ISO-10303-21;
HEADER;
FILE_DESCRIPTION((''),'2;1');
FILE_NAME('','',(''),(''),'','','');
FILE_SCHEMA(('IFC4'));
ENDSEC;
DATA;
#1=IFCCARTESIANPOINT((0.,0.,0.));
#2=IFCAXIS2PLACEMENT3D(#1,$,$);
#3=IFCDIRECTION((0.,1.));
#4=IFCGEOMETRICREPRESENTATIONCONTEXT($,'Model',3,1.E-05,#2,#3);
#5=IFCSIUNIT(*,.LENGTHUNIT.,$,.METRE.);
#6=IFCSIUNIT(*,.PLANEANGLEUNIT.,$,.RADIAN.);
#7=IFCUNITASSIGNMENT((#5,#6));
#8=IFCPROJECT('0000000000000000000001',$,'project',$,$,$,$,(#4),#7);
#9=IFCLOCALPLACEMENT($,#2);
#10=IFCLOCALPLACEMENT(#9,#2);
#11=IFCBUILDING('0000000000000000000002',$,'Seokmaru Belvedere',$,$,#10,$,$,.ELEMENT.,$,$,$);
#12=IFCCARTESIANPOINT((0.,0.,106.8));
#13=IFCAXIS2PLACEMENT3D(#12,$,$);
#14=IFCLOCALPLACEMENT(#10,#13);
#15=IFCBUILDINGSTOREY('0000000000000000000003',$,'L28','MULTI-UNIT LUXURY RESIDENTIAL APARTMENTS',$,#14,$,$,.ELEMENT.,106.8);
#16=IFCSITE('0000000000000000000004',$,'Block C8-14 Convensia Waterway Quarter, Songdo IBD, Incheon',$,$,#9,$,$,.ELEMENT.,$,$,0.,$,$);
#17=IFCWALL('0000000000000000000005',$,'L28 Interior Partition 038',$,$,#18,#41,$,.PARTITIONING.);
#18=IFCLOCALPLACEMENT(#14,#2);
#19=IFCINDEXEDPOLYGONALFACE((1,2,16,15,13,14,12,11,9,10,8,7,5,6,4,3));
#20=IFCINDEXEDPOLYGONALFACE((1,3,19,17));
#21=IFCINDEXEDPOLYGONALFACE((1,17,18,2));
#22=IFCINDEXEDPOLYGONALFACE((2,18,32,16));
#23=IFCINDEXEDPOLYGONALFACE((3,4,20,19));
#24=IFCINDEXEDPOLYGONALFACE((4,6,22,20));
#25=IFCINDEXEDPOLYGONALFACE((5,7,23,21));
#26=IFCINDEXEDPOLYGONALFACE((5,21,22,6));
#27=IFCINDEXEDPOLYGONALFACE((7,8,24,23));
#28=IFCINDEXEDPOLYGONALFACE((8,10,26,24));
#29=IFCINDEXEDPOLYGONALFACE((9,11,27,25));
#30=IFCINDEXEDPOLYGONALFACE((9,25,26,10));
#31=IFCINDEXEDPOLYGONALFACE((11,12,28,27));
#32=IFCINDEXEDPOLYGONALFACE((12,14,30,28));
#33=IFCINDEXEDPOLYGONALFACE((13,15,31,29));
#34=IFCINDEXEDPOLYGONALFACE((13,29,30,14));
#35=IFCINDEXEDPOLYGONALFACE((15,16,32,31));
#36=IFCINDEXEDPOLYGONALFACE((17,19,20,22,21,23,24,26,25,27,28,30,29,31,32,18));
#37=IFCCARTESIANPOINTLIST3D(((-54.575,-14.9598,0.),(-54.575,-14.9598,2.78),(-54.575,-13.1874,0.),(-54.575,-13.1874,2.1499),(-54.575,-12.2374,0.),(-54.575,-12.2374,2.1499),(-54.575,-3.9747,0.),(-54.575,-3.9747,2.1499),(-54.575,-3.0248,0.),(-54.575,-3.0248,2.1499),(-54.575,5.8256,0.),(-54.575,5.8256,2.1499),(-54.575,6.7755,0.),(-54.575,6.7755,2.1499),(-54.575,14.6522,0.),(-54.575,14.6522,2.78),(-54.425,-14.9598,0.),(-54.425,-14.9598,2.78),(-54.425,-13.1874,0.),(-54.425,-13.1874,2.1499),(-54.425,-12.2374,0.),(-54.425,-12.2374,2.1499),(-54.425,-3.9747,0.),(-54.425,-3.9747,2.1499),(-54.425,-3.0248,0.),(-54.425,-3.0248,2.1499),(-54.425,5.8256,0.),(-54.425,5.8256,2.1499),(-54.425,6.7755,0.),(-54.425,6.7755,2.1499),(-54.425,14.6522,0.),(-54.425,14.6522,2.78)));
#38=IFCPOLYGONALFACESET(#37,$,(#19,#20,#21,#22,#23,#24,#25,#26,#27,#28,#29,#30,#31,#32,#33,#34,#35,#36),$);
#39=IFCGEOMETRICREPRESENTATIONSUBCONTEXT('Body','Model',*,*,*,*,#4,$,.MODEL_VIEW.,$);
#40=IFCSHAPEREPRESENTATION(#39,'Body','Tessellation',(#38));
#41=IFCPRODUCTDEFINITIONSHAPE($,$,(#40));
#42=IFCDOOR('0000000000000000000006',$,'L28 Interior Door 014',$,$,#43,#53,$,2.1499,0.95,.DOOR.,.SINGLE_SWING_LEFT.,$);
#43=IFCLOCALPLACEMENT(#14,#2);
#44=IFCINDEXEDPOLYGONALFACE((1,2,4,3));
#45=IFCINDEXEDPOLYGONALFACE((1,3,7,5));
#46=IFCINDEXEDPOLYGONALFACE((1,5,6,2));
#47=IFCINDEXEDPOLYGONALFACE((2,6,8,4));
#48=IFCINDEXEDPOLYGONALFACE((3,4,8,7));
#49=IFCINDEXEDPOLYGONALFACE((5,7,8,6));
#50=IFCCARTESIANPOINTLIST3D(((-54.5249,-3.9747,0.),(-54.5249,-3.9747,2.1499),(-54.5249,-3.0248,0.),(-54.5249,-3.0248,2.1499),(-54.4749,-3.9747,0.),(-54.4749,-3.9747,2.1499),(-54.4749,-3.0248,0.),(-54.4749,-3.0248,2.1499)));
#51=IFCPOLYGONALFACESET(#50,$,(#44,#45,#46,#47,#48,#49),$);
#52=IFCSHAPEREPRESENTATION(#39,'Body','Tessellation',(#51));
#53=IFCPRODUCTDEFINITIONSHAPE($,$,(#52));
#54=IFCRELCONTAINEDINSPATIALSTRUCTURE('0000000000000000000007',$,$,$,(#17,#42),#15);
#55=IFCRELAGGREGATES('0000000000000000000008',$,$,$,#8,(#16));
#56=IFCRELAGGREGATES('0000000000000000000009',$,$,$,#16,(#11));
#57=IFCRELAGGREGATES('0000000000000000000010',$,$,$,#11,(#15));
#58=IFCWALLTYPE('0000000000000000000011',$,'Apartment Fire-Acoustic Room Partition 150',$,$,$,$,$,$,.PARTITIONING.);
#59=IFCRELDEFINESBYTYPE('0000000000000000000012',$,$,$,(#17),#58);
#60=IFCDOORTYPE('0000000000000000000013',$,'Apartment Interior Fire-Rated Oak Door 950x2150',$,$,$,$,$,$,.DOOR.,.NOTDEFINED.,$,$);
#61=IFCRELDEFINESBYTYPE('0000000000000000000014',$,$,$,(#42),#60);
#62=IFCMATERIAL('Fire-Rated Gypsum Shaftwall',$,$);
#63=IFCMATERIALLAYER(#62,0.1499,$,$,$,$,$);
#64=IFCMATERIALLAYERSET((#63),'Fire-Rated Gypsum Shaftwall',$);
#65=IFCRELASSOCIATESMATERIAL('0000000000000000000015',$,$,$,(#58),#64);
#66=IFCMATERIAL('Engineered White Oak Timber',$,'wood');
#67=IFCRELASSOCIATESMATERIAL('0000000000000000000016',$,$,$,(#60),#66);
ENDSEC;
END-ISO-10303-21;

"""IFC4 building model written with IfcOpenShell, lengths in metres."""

from ifc_helpers import new_model, si_unit, direction, frame, frame_2d, origin, place, context, subcontext, project, spatial, rectangle, extrude, source, transform, mapped, material, layer, layer_set, type_object, type_shapes, element, fill, save


model = new_model("IFC4")

# Units and contexts
model_context = context("Model", 3, precision=1e-05, world=origin(), true_north=direction((0.0, 1.0)))
body_context = subcontext(model_context, "Body", "Model", "MODEL_VIEW")
ifc_project = project(units=[si_unit("LENGTHUNIT", "METRE"), si_unit("PLANEANGLEUNIT", "RADIAN")], contexts=[model_context])

# Site, building, storey
site_placement = place(None, origin())
site = spatial("IfcSite", under=ifc_project, at=site_placement, Name="Block C8-14 Convensia Waterway Quarter, Songdo IBD, Incheon", CompositionType="ELEMENT", RefElevation=0.0)
building_placement = place(site_placement, origin())
building = spatial("IfcBuilding", under=site, at=building_placement, Name="Seokmaru Belvedere", CompositionType="ELEMENT")
storey_placement = place(building_placement, frame((0.0, 0.0, 106.8)))
storey = spatial("IfcBuildingStorey", under=building, at=storey_placement, Name="L28", Description="MULTI-UNIT LUXURY RESIDENTIAL APARTMENTS", CompositionType="ELEMENT", Elevation=106.8)

# Shared definitions
ifc_material_1 = material(Name="Fire-Rated Gypsum Shaftwall")
ifc_layer_1 = layer(ifc_material_1, 0.1499)
ifc_layer_set_1 = layer_set([ifc_layer_1], Name="Fire-Rated Gypsum Shaftwall")
wall_type = type_object("IfcWallType", Name="Apartment Fire-Acoustic Room Partition 150", PredefinedType="PARTITIONING", material=ifc_layer_set_1)
ifc_material_2 = material(Name="Engineered White Oak Timber", Category="wood")
door_type = type_object("IfcDoorType", Name="Apartment Interior Fire-Rated Oak Door 950x2150", OperationType="NOTDEFINED", PredefinedType="DOOR", material=ifc_material_2)
shared_shape_1 = source(origin(), body_context, "Body", "SweptSolid", [
    extrude(rectangle(XDim=0.95, YDim=2.1499, at=frame_2d((0.4751, 1.075))), frame((0.0, 0.0249, 0.0), z_axis=(0.0, -1.0, 0.0), x_axis=(1.0, 0.0, 0.0)), (0.0, 0.0, 1.0), 0.05),
])
type_shapes(door_type, [shared_shape_1])

# Wall, openings, door
wall_1_placement = place(storey_placement, frame((-54.5, -14.96, 0.0), z_axis=(0.0, 0.0, 1.0), x_axis=(0.0, 1.0, 0.0)))
wall_1 = element("IfcWall", 1, at=wall_1_placement, inside=storey, type_object=wall_type, Name="L28 Interior Partition 038", PredefinedType="PARTITIONING", context=body_context, shape_type="SweptSolid", body=[
    extrude(rectangle(XDim=29.6121, YDim=0.1499, at=frame_2d((14.8062, 0.0))), origin(), (0.0, 0.0, 1.0), 2.78),
])
opening_1_placement = place(wall_1_placement, frame((1.7725, 0.0, 0.0)))
element("IfcOpeningElement", 2, at=opening_1_placement, cuts=wall_1, PredefinedType="OPENING", context=body_context, shape_type="SweptSolid", body=[
    extrude(rectangle(XDim=0.95, YDim=2.1499, at=frame_2d((0.4751, 1.075))), frame((0.0, 0.085, 0.0), z_axis=(0.0, -1.0, 0.0), x_axis=(1.0, 0.0, 0.0)), (0.0, 0.0, 1.0), 0.1699),
])
opening_2_placement = place(wall_1_placement, frame((10.9851, 0.0, 0.0)))
opening_2 = element("IfcOpeningElement", 3, at=opening_2_placement, cuts=wall_1, PredefinedType="OPENING", context=body_context, shape_type="SweptSolid", body=[
    extrude(rectangle(XDim=0.95, YDim=2.1499, at=frame_2d((0.4751, 1.075))), frame((0.0, 0.085, 0.0), z_axis=(0.0, -1.0, 0.0), x_axis=(1.0, 0.0, 0.0)), (0.0, 0.0, 1.0), 0.1699),
])
opening_3_placement = place(wall_1_placement, frame((20.7854, 0.0, 0.0)))
element("IfcOpeningElement", 4, at=opening_3_placement, cuts=wall_1, PredefinedType="OPENING", context=body_context, shape_type="SweptSolid", body=[
    extrude(rectangle(XDim=0.95, YDim=2.1499, at=frame_2d((0.4751, 1.075))), frame((0.0, 0.085, 0.0), z_axis=(0.0, -1.0, 0.0), x_axis=(1.0, 0.0, 0.0)), (0.0, 0.0, 1.0), 0.1699),
])
door_1_placement = place(opening_2_placement, origin())
door_1 = element("IfcDoor", 5, at=door_1_placement, inside=storey, type_object=door_type, Name="L28 Interior Door 014", OperationType="SINGLE_SWING_LEFT", OverallHeight=2.1499, OverallWidth=0.95, PredefinedType="DOOR", context=body_context, shape_type="MappedRepresentation", body=[
    mapped(shared_shape_1, transform((0.0, 0.0, 0.0), scale=1.0)),
])
fill(opening_2, door_1)

save(model, "model.ifc")
